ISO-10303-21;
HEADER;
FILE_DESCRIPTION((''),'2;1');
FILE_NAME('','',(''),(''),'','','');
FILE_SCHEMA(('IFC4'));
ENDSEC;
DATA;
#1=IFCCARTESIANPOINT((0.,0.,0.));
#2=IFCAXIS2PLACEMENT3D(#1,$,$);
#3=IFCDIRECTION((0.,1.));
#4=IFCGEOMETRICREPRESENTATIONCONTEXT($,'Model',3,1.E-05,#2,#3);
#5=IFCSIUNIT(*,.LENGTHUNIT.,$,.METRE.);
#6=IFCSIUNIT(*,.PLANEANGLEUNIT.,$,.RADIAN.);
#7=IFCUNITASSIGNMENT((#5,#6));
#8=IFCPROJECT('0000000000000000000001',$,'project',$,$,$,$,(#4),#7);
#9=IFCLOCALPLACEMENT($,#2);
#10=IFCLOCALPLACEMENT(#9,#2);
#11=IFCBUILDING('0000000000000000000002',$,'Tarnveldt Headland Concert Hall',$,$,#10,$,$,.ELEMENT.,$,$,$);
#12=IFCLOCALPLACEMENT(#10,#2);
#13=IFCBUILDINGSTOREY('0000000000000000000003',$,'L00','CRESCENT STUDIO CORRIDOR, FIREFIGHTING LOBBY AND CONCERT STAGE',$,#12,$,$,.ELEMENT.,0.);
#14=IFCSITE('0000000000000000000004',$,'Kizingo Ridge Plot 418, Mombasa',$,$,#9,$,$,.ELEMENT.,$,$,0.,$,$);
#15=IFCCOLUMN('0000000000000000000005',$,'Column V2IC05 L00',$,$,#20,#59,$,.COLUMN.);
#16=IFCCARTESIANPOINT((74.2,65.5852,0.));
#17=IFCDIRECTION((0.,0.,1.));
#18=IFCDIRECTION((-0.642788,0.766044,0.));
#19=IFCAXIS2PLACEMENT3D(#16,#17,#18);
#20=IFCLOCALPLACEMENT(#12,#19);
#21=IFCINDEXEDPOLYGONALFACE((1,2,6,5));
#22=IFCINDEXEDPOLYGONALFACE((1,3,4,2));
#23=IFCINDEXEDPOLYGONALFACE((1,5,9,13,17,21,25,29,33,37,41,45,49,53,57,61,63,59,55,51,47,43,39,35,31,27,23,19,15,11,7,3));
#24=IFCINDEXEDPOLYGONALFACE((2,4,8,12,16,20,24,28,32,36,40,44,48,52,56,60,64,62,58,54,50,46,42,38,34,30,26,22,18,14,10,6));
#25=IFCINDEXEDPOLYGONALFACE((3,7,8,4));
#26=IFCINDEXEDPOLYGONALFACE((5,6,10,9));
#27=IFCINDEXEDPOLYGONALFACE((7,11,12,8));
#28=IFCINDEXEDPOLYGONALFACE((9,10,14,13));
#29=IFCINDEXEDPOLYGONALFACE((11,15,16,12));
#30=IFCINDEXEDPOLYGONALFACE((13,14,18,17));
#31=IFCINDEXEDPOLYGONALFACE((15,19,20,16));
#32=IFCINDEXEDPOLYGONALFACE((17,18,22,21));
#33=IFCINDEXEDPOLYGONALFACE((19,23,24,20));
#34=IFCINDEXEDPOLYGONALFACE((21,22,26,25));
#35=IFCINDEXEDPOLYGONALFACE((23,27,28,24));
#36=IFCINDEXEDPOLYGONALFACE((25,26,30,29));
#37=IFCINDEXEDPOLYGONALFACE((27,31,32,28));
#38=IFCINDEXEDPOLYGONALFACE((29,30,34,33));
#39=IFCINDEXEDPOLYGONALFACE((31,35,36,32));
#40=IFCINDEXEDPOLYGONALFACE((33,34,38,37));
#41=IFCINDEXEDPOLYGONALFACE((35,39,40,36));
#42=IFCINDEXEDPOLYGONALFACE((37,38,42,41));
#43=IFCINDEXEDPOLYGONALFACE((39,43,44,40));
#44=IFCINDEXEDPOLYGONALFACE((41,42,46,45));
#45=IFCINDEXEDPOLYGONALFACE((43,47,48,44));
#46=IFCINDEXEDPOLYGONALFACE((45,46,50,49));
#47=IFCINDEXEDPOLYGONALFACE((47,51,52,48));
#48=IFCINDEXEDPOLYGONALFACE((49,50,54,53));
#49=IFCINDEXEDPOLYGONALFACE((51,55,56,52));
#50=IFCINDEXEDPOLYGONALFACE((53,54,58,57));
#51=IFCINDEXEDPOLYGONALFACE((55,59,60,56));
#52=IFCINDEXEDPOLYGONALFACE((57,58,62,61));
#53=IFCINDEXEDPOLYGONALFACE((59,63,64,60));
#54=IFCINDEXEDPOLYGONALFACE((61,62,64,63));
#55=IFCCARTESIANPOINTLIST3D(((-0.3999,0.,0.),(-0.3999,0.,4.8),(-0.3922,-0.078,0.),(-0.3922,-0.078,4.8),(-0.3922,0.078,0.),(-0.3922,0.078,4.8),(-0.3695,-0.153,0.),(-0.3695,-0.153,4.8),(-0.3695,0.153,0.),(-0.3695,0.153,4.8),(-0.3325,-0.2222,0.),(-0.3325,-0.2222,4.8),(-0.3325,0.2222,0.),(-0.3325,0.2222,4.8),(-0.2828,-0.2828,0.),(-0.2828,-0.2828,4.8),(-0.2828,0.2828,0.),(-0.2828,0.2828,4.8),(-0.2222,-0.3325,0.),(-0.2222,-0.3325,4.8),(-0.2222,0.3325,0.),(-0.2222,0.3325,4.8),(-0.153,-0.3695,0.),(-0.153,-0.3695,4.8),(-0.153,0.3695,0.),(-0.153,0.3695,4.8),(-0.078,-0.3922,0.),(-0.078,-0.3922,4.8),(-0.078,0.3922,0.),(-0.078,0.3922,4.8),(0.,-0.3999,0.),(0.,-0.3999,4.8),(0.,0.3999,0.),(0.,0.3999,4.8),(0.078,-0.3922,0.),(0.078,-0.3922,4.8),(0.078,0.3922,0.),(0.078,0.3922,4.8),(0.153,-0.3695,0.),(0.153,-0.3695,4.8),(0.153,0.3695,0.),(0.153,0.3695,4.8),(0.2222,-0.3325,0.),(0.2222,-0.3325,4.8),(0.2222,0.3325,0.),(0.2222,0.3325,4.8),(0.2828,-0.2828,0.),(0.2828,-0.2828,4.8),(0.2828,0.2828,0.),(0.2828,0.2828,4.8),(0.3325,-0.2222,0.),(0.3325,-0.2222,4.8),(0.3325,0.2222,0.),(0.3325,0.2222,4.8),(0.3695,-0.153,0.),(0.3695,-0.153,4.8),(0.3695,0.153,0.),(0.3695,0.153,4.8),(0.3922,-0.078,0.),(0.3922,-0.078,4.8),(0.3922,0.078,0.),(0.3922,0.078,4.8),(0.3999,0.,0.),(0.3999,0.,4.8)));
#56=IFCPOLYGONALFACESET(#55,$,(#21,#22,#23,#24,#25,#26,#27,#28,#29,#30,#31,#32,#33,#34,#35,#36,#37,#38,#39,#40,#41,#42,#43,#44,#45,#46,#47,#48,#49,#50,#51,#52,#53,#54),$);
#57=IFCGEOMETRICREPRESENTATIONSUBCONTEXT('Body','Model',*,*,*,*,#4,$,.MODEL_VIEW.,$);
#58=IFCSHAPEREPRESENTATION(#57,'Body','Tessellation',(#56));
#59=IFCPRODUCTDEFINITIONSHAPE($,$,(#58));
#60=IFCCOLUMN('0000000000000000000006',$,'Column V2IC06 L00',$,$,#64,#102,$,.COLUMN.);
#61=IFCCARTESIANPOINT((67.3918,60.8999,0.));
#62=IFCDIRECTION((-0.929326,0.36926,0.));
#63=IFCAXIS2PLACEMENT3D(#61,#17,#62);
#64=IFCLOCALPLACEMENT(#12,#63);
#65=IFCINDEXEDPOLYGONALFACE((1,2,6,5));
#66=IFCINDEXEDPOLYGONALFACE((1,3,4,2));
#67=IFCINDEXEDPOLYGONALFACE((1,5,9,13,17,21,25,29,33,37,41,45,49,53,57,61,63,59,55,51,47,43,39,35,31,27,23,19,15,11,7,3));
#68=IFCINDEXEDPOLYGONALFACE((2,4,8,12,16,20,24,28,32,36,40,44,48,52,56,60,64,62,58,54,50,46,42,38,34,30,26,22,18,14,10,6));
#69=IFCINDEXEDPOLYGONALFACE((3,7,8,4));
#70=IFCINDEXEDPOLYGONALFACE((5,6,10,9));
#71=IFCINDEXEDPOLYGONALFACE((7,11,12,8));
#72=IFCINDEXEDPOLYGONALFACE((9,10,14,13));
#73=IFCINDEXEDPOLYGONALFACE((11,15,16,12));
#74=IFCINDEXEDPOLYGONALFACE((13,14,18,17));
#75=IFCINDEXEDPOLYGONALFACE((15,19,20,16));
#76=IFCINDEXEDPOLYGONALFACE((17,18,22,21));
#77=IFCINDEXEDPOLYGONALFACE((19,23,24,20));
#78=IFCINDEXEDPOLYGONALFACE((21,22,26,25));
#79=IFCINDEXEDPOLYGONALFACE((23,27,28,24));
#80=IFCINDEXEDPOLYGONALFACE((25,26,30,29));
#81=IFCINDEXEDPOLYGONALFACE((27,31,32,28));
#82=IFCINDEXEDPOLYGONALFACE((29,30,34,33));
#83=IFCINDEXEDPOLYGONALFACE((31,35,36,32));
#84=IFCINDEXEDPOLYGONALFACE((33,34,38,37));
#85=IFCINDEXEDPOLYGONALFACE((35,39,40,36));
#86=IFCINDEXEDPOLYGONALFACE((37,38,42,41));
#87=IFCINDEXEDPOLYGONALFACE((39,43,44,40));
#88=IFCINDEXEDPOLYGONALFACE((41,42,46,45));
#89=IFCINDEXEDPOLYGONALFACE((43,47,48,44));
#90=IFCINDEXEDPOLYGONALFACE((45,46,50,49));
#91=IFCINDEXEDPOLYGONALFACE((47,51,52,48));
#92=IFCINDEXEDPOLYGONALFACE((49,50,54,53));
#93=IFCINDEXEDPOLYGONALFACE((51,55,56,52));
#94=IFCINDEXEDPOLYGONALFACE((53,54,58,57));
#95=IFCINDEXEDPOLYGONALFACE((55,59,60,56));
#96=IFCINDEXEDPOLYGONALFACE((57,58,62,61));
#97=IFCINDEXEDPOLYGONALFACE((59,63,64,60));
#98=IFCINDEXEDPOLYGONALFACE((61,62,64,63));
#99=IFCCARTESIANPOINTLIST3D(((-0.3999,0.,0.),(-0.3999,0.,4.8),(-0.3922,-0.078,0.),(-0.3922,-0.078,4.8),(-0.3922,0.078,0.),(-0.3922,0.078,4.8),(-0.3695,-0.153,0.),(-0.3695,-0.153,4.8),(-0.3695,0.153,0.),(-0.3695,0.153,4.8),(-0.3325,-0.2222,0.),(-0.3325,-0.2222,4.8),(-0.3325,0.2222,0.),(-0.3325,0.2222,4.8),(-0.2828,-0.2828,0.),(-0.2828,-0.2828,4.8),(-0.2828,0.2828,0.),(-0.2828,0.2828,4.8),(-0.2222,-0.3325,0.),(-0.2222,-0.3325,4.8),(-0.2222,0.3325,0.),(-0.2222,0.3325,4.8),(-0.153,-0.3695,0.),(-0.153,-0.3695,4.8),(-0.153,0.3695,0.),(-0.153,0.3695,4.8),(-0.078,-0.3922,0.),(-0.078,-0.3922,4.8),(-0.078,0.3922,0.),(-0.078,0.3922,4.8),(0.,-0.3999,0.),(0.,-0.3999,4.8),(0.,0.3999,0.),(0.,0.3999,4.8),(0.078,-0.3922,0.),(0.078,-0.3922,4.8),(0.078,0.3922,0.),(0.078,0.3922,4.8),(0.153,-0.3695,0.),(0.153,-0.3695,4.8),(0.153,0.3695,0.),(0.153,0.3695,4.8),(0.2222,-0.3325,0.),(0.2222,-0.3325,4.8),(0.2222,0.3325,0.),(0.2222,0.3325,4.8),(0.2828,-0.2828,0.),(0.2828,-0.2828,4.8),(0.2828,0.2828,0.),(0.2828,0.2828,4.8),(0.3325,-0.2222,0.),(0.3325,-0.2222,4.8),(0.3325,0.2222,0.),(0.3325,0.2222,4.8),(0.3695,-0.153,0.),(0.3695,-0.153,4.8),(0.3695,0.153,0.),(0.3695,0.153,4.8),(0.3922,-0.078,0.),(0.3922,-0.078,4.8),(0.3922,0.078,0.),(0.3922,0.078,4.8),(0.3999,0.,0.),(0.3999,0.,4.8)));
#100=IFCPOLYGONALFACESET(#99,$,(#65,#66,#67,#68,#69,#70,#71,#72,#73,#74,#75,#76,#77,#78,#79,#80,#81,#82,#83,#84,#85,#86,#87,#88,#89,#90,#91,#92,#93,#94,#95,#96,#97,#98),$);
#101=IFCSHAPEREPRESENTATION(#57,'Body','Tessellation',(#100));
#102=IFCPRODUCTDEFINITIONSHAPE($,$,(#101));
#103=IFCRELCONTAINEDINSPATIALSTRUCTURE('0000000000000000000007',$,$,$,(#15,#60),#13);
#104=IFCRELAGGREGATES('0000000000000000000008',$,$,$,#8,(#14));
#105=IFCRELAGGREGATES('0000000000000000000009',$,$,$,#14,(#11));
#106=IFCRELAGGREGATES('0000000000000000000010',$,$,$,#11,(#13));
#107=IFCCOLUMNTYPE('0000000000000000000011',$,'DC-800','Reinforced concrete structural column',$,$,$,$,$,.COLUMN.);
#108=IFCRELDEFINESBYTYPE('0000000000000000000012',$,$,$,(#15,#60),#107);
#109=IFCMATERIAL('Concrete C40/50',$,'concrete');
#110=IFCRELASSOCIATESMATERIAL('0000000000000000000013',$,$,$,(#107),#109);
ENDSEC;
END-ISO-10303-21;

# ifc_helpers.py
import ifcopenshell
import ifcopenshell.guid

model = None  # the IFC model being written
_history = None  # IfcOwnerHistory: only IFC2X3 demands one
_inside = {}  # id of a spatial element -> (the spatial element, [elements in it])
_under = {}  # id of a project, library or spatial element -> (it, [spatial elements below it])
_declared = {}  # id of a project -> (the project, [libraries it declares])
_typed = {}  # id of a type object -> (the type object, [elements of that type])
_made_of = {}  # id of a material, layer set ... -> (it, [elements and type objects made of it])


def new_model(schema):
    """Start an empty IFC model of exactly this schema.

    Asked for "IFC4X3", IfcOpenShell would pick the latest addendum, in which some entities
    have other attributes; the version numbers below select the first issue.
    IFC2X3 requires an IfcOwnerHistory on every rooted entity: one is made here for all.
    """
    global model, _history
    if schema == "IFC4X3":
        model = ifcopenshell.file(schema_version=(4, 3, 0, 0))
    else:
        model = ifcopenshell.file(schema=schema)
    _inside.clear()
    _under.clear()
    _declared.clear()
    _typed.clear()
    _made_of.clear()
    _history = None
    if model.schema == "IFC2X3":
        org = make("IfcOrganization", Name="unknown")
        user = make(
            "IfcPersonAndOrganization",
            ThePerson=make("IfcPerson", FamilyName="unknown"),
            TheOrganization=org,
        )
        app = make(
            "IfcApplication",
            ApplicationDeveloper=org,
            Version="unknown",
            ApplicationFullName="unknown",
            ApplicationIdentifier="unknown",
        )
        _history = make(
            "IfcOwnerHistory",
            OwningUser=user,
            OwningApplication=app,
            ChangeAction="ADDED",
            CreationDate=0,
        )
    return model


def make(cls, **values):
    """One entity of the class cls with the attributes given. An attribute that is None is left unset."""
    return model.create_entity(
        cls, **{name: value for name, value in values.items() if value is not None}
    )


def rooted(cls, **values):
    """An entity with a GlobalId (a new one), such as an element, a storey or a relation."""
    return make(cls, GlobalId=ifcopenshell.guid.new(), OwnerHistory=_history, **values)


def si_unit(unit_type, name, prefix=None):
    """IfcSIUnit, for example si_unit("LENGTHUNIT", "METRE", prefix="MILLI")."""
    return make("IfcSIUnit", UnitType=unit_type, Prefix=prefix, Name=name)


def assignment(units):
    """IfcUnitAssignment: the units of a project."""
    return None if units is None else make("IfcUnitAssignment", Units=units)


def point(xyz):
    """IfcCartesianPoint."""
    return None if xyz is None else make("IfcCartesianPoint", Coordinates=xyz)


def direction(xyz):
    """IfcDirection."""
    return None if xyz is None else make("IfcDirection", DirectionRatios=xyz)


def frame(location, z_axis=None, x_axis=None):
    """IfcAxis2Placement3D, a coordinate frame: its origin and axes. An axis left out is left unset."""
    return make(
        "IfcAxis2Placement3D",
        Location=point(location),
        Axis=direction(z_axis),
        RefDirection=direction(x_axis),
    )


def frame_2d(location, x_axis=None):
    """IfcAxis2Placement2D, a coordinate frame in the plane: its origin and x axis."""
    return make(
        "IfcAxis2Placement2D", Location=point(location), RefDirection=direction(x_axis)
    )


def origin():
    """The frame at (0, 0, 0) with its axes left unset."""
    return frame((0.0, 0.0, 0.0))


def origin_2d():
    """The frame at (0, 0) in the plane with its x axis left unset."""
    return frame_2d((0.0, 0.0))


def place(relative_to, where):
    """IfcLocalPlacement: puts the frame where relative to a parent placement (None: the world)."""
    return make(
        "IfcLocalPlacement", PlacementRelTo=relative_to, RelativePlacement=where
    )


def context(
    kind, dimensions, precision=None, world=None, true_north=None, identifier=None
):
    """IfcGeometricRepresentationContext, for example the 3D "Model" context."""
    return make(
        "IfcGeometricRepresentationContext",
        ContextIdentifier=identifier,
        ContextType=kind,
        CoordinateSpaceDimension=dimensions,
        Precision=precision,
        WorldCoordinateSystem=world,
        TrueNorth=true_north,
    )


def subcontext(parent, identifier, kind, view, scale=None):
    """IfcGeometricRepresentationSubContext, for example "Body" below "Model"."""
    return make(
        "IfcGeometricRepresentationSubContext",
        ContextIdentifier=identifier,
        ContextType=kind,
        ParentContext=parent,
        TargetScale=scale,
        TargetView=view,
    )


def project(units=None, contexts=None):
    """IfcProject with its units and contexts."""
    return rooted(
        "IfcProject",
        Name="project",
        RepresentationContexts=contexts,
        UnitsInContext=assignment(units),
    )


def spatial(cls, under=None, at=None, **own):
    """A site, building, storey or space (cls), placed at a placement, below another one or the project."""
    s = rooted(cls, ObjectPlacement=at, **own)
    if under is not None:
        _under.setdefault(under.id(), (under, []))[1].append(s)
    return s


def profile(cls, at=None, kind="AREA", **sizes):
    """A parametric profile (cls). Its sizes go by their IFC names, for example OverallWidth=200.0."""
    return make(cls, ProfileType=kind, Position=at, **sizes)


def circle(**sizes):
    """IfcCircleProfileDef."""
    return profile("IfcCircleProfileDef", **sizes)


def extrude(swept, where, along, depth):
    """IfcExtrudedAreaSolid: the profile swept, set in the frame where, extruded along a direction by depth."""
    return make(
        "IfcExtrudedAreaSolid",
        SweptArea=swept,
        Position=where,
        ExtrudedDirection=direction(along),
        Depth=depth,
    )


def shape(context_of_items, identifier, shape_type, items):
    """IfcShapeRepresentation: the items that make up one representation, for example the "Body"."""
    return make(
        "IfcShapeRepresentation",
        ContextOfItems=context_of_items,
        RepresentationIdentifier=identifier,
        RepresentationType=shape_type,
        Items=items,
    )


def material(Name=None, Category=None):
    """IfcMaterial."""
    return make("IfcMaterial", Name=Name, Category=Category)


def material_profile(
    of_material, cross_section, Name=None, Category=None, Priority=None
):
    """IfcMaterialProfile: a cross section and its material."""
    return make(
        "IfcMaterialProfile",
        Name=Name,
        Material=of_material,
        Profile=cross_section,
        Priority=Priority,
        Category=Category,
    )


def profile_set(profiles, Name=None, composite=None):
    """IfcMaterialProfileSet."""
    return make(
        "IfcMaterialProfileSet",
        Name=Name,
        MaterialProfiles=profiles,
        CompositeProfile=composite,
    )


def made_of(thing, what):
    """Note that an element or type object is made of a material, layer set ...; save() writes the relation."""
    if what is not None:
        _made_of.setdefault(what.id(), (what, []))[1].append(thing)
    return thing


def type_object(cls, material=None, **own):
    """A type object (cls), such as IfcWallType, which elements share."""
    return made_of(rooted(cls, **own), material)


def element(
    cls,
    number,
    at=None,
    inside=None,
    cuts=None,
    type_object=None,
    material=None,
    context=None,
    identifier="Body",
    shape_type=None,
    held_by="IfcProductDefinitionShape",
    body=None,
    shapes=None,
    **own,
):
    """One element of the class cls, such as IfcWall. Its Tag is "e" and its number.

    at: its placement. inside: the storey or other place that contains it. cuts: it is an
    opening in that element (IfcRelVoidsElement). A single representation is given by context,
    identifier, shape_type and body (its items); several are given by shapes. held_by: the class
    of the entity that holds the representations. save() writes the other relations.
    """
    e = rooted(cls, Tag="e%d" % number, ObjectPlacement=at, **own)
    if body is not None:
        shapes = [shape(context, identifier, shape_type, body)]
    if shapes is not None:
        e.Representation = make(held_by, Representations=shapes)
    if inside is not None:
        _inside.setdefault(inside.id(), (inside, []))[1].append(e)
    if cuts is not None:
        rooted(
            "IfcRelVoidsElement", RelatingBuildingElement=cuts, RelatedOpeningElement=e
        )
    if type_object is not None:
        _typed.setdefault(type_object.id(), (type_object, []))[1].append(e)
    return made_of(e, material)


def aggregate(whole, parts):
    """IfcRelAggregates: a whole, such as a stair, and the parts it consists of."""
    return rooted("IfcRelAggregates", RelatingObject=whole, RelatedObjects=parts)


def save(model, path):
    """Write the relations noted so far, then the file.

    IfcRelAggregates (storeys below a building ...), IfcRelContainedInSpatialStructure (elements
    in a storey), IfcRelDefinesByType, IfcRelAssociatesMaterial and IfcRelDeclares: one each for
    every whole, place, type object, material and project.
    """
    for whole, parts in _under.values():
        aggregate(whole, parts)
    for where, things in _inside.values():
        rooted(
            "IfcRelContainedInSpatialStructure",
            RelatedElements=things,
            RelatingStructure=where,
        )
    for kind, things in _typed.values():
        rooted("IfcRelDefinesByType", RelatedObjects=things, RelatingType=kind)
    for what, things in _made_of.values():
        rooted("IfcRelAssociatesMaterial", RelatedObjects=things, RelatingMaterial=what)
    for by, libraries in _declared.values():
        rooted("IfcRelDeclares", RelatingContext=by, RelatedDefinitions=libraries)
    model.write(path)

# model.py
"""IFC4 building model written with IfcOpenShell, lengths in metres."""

from ifc_helpers import new_model, si_unit, direction, frame, origin, origin_2d, place, context, subcontext, project, spatial, circle, extrude, material, material_profile, profile_set, type_object, element, save


model = new_model("IFC4")

# Units and contexts
model_context = context("Model", 3, precision=1e-05, world=origin(), true_north=direction((0.0, 1.0)))
body_context = subcontext(model_context, "Body", "Model", "MODEL_VIEW")
ifc_project = project(units=[si_unit("LENGTHUNIT", "METRE"), si_unit("PLANEANGLEUNIT", "RADIAN")], contexts=[model_context])

# Site, building, storey
site_placement = place(None, origin())
site = spatial("IfcSite", under=ifc_project, at=site_placement, Name="Kizingo Ridge Plot 418, Mombasa", CompositionType="ELEMENT", RefElevation=0.0)
building_placement = place(site_placement, origin())
building = spatial("IfcBuilding", under=site, at=building_placement, Name="Tarnveldt Headland Concert Hall", CompositionType="ELEMENT")
storey_placement = place(building_placement, origin())
storey = spatial("IfcBuildingStorey", under=building, at=storey_placement, Name="L00", Description="CRESCENT STUDIO CORRIDOR, FIREFIGHTING LOBBY AND CONCERT STAGE", CompositionType="ELEMENT", Elevation=0.0)

# Columns
ifc_material_1 = material(Name="Concrete C40/50", Category="concrete")
ifc_material_profile_1 = material_profile(ifc_material_1, circle(Radius=0.3999, at=origin_2d()), Name="RC D800", Category="concrete")
ifc_profile_set_1 = profile_set([ifc_material_profile_1], Name="Concrete C40/50")
column_type_1 = type_object("IfcColumnType", Name="DC-800", Description="Reinforced concrete structural column", PredefinedType="COLUMN", material=ifc_profile_set_1)
for number, where, z_axis, x_axis, name in (
    (1, (74.2, 65.5852, 0.0), (0.0, 0.0, 1.0), (-0.642788, 0.766044, 0.0), "Column V2IC05 L00"),
    (2, (67.3918, 60.8999, 0.0), (0.0, 0.0, 1.0), (-0.929326, 0.36926, 0.0), "Column V2IC06 L00"),
):
    element("IfcColumn", number, at=place(storey_placement, frame(where, z_axis=z_axis, x_axis=x_axis)), inside=storey, type_object=column_type_1, Name=name, PredefinedType="COLUMN", context=body_context, shape_type="SweptSolid", body=[
        extrude(circle(Radius=0.3999, at=origin_2d()), origin(), (0.0, 0.0, 1.0), 4.8),
    ])

save(model, "model.ifc")
